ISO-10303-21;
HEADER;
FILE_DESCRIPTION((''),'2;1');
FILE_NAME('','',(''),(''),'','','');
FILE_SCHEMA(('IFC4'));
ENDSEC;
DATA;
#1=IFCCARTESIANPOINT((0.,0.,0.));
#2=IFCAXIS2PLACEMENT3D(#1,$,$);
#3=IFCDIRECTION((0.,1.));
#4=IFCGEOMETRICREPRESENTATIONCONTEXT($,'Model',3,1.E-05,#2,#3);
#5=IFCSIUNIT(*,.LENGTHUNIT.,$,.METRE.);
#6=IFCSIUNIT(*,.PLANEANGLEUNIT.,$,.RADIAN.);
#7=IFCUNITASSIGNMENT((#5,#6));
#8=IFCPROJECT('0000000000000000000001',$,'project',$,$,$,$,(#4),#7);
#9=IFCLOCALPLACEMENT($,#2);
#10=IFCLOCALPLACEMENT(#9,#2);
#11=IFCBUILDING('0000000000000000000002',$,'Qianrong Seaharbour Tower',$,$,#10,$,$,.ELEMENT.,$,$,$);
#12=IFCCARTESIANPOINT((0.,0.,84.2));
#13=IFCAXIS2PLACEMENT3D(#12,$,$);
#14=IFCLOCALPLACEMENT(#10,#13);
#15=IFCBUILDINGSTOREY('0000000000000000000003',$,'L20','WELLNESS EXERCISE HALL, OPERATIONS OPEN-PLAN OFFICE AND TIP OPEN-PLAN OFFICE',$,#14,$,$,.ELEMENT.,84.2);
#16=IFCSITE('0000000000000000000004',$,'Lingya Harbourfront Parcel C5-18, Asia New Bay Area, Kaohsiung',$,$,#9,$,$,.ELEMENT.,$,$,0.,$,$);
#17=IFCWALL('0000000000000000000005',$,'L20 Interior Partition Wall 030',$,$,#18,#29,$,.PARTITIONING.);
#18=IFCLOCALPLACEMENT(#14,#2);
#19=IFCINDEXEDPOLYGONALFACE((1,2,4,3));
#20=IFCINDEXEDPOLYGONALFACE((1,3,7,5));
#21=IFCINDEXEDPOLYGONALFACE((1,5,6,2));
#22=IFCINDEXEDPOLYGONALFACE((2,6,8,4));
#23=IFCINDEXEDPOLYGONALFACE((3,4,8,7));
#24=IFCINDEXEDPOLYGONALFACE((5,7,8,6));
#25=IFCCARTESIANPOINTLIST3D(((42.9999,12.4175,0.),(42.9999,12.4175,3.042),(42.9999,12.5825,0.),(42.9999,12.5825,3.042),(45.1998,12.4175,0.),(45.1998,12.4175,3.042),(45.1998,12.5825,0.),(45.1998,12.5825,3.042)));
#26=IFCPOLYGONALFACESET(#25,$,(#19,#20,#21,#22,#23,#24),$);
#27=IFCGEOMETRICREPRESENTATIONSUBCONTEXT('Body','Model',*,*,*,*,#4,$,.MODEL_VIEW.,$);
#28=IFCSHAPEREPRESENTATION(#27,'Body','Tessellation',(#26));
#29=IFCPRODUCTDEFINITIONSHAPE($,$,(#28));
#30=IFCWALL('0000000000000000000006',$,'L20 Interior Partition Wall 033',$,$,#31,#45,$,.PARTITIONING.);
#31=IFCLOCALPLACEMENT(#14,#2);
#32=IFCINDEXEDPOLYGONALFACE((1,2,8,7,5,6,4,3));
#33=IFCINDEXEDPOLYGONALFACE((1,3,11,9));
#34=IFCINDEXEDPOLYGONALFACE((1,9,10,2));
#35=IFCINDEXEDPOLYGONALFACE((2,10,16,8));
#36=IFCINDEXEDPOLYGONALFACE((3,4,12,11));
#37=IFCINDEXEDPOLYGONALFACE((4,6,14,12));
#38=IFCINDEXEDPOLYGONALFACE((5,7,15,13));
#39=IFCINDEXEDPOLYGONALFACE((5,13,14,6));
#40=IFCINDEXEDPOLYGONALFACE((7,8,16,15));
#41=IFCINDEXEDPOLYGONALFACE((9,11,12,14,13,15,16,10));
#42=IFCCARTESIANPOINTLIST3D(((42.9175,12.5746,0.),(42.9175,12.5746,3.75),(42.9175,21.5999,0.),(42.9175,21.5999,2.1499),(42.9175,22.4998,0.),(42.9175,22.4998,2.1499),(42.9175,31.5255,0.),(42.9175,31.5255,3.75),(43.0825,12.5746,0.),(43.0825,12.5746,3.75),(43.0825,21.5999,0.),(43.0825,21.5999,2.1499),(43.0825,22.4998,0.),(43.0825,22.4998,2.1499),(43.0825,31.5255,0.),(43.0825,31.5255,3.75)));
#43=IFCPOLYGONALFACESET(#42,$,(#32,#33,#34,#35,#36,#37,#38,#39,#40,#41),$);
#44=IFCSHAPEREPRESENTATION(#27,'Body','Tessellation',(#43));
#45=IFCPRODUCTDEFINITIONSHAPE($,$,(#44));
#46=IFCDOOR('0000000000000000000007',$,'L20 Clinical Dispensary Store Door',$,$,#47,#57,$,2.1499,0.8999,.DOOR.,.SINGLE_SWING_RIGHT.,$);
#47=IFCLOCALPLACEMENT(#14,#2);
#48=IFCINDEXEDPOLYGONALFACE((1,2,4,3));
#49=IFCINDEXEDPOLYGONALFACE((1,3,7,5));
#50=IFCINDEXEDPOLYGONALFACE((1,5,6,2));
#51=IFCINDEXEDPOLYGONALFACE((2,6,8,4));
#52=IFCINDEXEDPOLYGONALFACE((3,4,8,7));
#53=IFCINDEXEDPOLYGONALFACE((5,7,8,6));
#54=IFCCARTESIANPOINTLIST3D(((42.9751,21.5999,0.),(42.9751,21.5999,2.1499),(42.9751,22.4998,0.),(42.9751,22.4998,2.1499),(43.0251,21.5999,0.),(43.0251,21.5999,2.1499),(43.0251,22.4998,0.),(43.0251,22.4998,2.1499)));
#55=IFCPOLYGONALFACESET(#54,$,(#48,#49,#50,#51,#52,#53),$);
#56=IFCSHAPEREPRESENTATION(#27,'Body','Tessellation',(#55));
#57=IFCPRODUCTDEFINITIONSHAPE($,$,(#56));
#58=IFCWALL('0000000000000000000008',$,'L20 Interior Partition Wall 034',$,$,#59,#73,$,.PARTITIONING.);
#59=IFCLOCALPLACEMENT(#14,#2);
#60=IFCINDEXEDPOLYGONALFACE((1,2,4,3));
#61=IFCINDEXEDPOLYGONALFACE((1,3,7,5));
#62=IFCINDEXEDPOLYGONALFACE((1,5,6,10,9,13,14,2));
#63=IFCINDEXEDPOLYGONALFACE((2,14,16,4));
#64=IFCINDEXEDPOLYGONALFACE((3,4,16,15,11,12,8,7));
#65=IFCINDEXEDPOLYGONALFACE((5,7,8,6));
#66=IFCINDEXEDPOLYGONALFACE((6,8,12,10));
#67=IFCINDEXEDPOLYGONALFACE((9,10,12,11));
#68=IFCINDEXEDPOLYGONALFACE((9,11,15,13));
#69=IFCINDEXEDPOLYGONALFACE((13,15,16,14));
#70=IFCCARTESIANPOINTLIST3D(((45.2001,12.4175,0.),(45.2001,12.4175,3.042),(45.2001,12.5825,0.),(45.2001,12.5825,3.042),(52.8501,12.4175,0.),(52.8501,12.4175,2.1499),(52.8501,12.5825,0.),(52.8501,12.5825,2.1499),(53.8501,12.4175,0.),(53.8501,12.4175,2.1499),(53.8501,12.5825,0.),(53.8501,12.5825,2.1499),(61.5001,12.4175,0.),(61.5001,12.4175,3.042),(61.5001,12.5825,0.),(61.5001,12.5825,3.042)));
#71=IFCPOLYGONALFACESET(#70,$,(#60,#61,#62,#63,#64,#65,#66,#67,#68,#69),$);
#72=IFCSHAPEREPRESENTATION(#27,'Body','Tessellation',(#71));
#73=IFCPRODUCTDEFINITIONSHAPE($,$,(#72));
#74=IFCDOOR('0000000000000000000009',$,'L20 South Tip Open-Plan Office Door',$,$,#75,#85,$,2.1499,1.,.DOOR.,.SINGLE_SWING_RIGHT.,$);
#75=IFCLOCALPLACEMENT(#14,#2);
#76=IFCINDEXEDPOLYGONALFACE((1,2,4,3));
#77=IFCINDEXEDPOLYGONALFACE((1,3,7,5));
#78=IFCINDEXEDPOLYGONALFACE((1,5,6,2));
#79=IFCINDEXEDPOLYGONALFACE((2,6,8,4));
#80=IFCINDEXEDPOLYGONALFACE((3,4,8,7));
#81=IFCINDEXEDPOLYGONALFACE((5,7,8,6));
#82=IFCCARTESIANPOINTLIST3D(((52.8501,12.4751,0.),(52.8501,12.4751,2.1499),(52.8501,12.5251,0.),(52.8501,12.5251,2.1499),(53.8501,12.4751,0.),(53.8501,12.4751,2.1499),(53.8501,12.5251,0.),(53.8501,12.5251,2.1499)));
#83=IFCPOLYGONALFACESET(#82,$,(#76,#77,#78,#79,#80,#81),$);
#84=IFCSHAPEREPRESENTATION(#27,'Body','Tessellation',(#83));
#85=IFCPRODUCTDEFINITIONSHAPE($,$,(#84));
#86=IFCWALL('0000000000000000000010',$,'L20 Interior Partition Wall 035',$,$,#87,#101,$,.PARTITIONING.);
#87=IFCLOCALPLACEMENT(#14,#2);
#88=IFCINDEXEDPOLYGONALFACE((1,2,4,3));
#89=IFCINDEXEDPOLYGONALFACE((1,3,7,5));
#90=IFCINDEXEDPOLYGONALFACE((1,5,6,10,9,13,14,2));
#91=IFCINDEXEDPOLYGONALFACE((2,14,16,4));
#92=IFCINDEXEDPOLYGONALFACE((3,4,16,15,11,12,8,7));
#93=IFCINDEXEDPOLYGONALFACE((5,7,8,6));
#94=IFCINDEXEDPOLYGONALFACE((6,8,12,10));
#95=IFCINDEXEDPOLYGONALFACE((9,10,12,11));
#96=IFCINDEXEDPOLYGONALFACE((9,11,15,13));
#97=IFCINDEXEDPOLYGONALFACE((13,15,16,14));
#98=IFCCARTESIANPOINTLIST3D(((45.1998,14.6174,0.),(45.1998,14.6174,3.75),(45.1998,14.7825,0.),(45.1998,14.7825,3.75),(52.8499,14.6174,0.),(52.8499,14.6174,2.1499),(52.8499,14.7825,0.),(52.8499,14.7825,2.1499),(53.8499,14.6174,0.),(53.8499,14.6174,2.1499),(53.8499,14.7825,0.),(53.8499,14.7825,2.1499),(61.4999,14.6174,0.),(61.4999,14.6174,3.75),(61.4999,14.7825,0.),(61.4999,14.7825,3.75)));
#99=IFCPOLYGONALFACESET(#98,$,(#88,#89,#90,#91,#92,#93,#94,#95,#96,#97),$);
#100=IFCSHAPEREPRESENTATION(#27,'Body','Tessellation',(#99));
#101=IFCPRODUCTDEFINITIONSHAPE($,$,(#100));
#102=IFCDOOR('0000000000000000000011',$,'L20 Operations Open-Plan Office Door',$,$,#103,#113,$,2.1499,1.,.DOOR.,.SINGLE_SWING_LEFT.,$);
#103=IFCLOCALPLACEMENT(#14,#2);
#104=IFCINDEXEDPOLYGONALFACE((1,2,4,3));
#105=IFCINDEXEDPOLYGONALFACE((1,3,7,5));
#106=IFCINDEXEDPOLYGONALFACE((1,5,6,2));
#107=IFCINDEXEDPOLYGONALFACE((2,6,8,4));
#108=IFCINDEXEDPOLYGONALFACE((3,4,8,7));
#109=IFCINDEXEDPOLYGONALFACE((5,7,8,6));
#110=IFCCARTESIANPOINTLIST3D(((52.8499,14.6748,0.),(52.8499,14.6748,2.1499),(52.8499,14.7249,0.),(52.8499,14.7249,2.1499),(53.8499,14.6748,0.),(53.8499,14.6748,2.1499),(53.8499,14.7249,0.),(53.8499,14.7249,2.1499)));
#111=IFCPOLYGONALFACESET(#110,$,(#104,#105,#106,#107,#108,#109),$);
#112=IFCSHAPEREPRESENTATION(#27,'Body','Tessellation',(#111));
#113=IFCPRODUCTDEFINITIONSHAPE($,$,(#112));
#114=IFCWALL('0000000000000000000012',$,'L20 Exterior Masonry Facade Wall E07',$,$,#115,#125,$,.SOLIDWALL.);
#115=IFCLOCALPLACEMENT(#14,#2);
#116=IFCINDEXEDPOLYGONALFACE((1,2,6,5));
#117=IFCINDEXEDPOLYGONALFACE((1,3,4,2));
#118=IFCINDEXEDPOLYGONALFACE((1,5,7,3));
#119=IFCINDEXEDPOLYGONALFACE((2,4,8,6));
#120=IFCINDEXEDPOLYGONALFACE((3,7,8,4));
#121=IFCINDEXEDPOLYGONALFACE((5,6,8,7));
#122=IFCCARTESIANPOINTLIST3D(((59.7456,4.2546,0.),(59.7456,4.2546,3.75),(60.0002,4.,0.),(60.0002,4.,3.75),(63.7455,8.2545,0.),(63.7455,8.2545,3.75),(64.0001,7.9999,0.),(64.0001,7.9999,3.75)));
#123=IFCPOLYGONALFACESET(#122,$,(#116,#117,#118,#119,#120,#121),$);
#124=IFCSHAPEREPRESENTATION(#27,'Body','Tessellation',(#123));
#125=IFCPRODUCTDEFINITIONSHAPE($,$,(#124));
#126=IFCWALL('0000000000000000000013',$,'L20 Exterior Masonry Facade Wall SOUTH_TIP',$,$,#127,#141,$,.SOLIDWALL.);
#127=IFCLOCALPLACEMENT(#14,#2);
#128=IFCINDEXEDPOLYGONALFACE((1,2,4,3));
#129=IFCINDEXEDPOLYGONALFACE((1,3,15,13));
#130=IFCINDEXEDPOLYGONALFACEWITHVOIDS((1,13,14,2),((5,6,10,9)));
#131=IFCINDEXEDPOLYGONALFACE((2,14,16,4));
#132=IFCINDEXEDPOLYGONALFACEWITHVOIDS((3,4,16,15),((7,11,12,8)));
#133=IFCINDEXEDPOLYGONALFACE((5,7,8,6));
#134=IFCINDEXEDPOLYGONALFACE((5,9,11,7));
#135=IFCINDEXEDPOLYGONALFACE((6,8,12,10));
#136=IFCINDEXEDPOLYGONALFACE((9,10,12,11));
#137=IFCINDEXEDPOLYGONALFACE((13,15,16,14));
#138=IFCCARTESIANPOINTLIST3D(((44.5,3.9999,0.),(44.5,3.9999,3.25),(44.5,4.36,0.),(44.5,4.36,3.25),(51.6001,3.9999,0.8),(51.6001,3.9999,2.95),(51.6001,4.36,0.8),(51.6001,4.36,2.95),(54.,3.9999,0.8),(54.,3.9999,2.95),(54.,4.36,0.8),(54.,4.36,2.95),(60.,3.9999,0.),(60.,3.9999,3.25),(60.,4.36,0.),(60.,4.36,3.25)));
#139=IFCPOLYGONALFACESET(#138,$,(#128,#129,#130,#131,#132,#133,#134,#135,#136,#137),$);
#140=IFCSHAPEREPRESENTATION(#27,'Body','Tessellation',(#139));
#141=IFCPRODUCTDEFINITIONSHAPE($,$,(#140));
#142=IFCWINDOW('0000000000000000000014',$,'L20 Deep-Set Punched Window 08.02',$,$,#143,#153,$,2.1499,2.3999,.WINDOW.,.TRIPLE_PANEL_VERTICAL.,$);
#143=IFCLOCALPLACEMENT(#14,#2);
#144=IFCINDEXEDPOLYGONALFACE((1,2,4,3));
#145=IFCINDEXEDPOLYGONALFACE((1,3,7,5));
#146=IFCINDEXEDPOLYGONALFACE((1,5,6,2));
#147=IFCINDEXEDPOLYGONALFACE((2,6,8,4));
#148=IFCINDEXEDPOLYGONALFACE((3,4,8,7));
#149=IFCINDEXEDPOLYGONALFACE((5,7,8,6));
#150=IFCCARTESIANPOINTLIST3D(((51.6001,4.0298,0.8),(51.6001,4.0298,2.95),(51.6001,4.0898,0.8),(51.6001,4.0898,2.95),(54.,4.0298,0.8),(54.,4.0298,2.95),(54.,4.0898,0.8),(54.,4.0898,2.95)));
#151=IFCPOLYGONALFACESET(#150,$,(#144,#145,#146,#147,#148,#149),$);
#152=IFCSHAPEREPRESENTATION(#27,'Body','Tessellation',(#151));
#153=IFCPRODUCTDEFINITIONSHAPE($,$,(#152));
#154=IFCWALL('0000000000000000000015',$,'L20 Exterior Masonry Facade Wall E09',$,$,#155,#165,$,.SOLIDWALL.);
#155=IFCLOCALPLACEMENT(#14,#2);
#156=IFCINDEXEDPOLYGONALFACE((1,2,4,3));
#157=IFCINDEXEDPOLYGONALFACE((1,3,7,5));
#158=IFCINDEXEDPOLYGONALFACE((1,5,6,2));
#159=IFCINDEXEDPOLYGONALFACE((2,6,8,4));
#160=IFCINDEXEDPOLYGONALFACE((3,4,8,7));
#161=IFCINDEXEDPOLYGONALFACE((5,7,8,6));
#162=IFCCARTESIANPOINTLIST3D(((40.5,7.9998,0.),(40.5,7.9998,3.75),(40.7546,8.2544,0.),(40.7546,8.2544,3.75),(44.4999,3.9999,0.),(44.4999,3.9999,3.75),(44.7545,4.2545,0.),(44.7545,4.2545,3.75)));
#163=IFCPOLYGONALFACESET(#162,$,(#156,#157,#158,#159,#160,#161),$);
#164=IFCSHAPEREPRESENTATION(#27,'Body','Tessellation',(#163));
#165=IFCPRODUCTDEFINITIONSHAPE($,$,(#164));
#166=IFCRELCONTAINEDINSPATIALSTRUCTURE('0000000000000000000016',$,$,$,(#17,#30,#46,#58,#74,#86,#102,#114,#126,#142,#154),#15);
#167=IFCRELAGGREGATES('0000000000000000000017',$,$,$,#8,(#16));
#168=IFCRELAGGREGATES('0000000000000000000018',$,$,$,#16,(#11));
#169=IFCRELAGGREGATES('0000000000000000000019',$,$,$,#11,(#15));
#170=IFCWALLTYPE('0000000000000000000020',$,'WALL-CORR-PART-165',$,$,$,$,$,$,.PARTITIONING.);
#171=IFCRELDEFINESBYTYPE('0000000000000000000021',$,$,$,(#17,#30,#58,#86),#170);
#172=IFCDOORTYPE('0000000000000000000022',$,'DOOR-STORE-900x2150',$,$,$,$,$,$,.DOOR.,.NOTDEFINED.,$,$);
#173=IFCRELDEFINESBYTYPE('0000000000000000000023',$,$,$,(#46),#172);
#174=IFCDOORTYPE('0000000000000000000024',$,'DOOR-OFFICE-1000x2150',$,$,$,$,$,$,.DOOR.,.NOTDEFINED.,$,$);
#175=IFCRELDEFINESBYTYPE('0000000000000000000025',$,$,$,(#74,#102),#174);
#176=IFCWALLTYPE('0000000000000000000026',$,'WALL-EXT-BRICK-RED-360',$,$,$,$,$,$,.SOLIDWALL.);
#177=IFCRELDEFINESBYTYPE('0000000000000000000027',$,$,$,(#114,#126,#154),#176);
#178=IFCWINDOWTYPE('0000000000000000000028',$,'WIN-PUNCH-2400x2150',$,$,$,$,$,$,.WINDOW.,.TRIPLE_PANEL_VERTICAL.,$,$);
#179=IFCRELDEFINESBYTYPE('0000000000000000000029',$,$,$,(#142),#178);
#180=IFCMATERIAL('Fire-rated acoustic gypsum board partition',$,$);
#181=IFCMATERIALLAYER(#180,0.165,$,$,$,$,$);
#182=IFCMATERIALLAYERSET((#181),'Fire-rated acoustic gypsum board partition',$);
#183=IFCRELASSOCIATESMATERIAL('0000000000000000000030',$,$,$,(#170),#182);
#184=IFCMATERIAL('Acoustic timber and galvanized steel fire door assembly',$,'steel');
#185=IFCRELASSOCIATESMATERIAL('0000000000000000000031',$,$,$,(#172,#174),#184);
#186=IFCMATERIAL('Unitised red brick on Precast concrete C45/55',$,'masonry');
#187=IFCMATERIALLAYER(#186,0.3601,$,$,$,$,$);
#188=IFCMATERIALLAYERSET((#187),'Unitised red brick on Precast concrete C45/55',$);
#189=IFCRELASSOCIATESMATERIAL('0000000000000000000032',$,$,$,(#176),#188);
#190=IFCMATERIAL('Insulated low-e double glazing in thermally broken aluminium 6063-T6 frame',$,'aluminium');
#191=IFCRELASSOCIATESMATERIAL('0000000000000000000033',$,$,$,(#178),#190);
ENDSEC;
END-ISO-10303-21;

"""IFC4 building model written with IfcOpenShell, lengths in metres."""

from ifc_helpers import new_model, si_unit, direction, frame, frame_2d, origin, place, context, subcontext, project, spatial, rectangle, extrude, material, layer, layer_set, type_object, element, fill, save


model = new_model("IFC4")

# Units and contexts
model_context = context("Model", 3, precision=1e-05, world=origin(), true_north=direction((0.0, 1.0)))
body_context = subcontext(model_context, "Body", "Model", "MODEL_VIEW")
ifc_project = project(units=[si_unit("LENGTHUNIT", "METRE"), si_unit("PLANEANGLEUNIT", "RADIAN")], contexts=[model_context])

# Site, building, storey
site_placement = place(None, origin())
site = spatial("IfcSite", under=ifc_project, at=site_placement, Name="Lingya Harbourfront Parcel C5-18, Asia New Bay Area, Kaohsiung", CompositionType="ELEMENT", RefElevation=0.0)
building_placement = place(site_placement, origin())
building = spatial("IfcBuilding", under=site, at=building_placement, Name="Qianrong Seaharbour Tower", CompositionType="ELEMENT")
storey_placement = place(building_placement, frame((0.0, 0.0, 84.2)))
storey = spatial("IfcBuildingStorey", under=building, at=storey_placement, Name="L20", Description="WELLNESS EXERCISE HALL, OPERATIONS OPEN-PLAN OFFICE AND TIP OPEN-PLAN OFFICE", CompositionType="ELEMENT", Elevation=84.2)

# Wall
ifc_material_1 = material(Name="Fire-rated acoustic gypsum board partition")
ifc_layer_1 = layer(ifc_material_1, 0.165)
ifc_layer_set_1 = layer_set([ifc_layer_1], Name="Fire-rated acoustic gypsum board partition")
wall_type_1 = type_object("IfcWallType", Name="WALL-CORR-PART-165", PredefinedType="PARTITIONING", material=ifc_layer_set_1)
wall_1_placement = place(storey_placement, frame((45.2, 12.5, 0.0), z_axis=(0.0, 0.0, 1.0), x_axis=(-1.0, 0.0, 0.0)))
element("IfcWall", 1, at=wall_1_placement, inside=storey, type_object=wall_type_1, Name="L20 Interior Partition Wall 030", PredefinedType="PARTITIONING", context=body_context, shape_type="SweptSolid", body=[
    extrude(rectangle(XDim=2.2, YDim=0.165, at=frame_2d((1.1001, 0.0))), origin(), (0.0, 0.0, 1.0), 3.042),
])

# Walls, openings, doors
wall_2_placement = place(storey_placement, frame((43.0, 12.5745, 0.0), z_axis=(0.0, 0.0, 1.0), x_axis=(0.0, 1.0, 0.0)))
wall_2 = element("IfcWall", 2, at=wall_2_placement, inside=storey, type_object=wall_type_1, Name="L20 Interior Partition Wall 033", PredefinedType="PARTITIONING", context=body_context, shape_type="SweptSolid", body=[
    extrude(rectangle(XDim=18.9509, YDim=0.165, at=frame_2d((9.4756, 0.0))), origin(), (0.0, 0.0, 1.0), 3.75),
])
opening_1_placement = place(wall_2_placement, frame((9.0254, 0.0, 0.0)))
opening_1 = element("IfcOpeningElement", 3, at=opening_1_placement, cuts=wall_2, PredefinedType="OPENING", context=body_context, shape_type="SweptSolid", body=[
    extrude(rectangle(XDim=0.8999, YDim=2.1499, at=frame_2d((0.45, 1.075))), frame((0.0, 0.0925, 0.0), z_axis=(0.0, -1.0, 0.0), x_axis=(1.0, 0.0, 0.0)), (0.0, 0.0, 1.0), 0.1851),
])
ifc_material_2 = material(Name="Acoustic timber and galvanized steel fire door assembly", Category="steel")
door_type_1 = type_object("IfcDoorType", Name="DOOR-STORE-900x2150", OperationType="NOTDEFINED", PredefinedType="DOOR", material=ifc_material_2)
door_1_placement = place(opening_1_placement, origin())
door_1 = element("IfcDoor", 4, at=door_1_placement, inside=storey, type_object=door_type_1, Name="L20 Clinical Dispensary Store Door", OperationType="SINGLE_SWING_RIGHT", OverallHeight=2.1499, OverallWidth=0.8999, PredefinedType="DOOR", context=body_context, shape_type="SweptSolid", body=[
    extrude(rectangle(XDim=0.8999, YDim=2.1499, at=frame_2d((0.45, 1.075))), frame((0.0, 0.0249, 0.0), z_axis=(0.0, -1.0, 0.0), x_axis=(1.0, 0.0, 0.0)), (0.0, 0.0, 1.0), 0.05),
])
fill(opening_1, door_1)
wall_3_placement = place(storey_placement, frame((61.5, 12.5, 0.0), z_axis=(0.0, 0.0, 1.0), x_axis=(-1.0, 0.0, 0.0)))
wall_3 = element("IfcWall", 5, at=wall_3_placement, inside=storey, type_object=wall_type_1, Name="L20 Interior Partition Wall 034", PredefinedType="PARTITIONING", context=body_context, shape_type="SweptSolid", body=[
    extrude(rectangle(XDim=16.3, YDim=0.165, at=frame_2d((8.1499, 0.0))), origin(), (0.0, 0.0, 1.0), 3.042),
])
opening_2_placement = place(wall_3_placement, frame((7.6499, 0.0, 0.0)))
opening_2 = element("IfcOpeningElement", 6, at=opening_2_placement, cuts=wall_3, PredefinedType="OPENING", context=body_context, shape_type="SweptSolid", body=[
    extrude(rectangle(XDim=1.0, YDim=2.1499, at=frame_2d((0.5, 1.075))), frame((0.0, 0.0925, 0.0), z_axis=(0.0, -1.0, 0.0), x_axis=(1.0, 0.0, 0.0)), (0.0, 0.0, 1.0), 0.1851),
])
door_type_2 = type_object("IfcDoorType", Name="DOOR-OFFICE-1000x2150", OperationType="NOTDEFINED", PredefinedType="DOOR", material=ifc_material_2)
door_2_placement = place(opening_2_placement, origin())
door_2 = element("IfcDoor", 7, at=door_2_placement, inside=storey, type_object=door_type_2, Name="L20 South Tip Open-Plan Office Door", OperationType="SINGLE_SWING_RIGHT", OverallHeight=2.1499, OverallWidth=1.0, PredefinedType="DOOR", context=body_context, shape_type="SweptSolid", body=[
    extrude(rectangle(XDim=1.0, YDim=2.1499, at=frame_2d((0.5, 1.075))), frame((0.0, 0.0249, 0.0), z_axis=(0.0, -1.0, 0.0), x_axis=(1.0, 0.0, 0.0)), (0.0, 0.0, 1.0), 0.05),
])
fill(opening_2, door_2)
wall_4_placement = place(storey_placement, frame((45.2, 14.7, 0.0), z_axis=(0.0, 0.0, 1.0), x_axis=(1.0, 0.0, 0.0)))
wall_4 = element("IfcWall", 8, at=wall_4_placement, inside=storey, type_object=wall_type_1, Name="L20 Interior Partition Wall 035", PredefinedType="PARTITIONING", context=body_context, shape_type="SweptSolid", body=[
    extrude(rectangle(XDim=16.3, YDim=0.165, at=frame_2d((8.1499, 0.0))), origin(), (0.0, 0.0, 1.0), 3.75),
])
opening_3_placement = place(wall_4_placement, frame((7.6499, 0.0, 0.0)))
opening_3 = element("IfcOpeningElement", 9, at=opening_3_placement, cuts=wall_4, PredefinedType="OPENING", context=body_context, shape_type="SweptSolid", body=[
    extrude(rectangle(XDim=1.0, YDim=2.1499, at=frame_2d((0.5, 1.075))), frame((0.0, 0.0925, 0.0), z_axis=(0.0, -1.0, 0.0), x_axis=(1.0, 0.0, 0.0)), (0.0, 0.0, 1.0), 0.1851),
])
door_3_placement = place(opening_3_placement, origin())
door_3 = element("IfcDoor", 10, at=door_3_placement, inside=storey, type_object=door_type_2, Name="L20 Operations Open-Plan Office Door", OperationType="SINGLE_SWING_LEFT", OverallHeight=2.1499, OverallWidth=1.0, PredefinedType="DOOR", context=body_context, shape_type="SweptSolid", body=[
    extrude(rectangle(XDim=1.0, YDim=2.1499, at=frame_2d((0.5, 1.075))), frame((0.0, 0.0249, 0.0), z_axis=(0.0, -1.0, 0.0), x_axis=(1.0, 0.0, 0.0)), (0.0, 0.0, 1.0), 0.05),
])
fill(opening_3, door_3)

# Wall
ifc_material_3 = material(Name="Unitised red brick on Precast concrete C45/55", Category="masonry")
ifc_layer_2 = layer(ifc_material_3, 0.3601)
ifc_layer_set_2 = layer_set([ifc_layer_2], Name="Unitised red brick on Precast concrete C45/55")
wall_type_2 = type_object("IfcWallType", Name="WALL-EXT-BRICK-RED-360", PredefinedType="SOLIDWALL", material=ifc_layer_set_2)
wall_5_placement = place(storey_placement, frame((63.8728, 8.1272, 0.0), z_axis=(0.0, 0.0, 1.0), x_axis=(-0.707107, -0.707107, 0.0)))
element("IfcWall", 11, at=wall_5_placement, inside=storey, type_object=wall_type_2, Name="L20 Exterior Masonry Facade Wall E07", PredefinedType="SOLIDWALL", context=body_context, shape_type="SweptSolid", body=[
    extrude(rectangle(XDim=5.6567, YDim=0.3601, at=frame_2d((2.8284, 0.0))), origin(), (0.0, 0.0, 1.0), 3.75),
])

# Wall, opening, window
wall_6_placement = place(storey_placement, frame((60.0, 4.1799, 0.0), z_axis=(0.0, 0.0, 1.0), x_axis=(-1.0, 0.0, 0.0)))
wall_6 = element("IfcWall", 12, at=wall_6_placement, inside=storey, type_object=wall_type_2, Name="L20 Exterior Masonry Facade Wall SOUTH_TIP", PredefinedType="SOLIDWALL", context=body_context, shape_type="SweptSolid", body=[
    extrude(rectangle(XDim=15.5, YDim=0.3601, at=frame_2d((7.75, 0.0))), origin(), (0.0, 0.0, 1.0), 3.25),
])
opening_4_placement = place(wall_6_placement, frame((6.0, 0.0, 0.8)))
opening_4 = element("IfcOpeningElement", 13, at=opening_4_placement, cuts=wall_6, PredefinedType="OPENING", context=body_context, shape_type="SweptSolid", body=[
    extrude(rectangle(XDim=2.3999, YDim=2.1499, at=frame_2d((1.2, 1.075))), frame((0.0, 0.1899, 0.0), z_axis=(0.0, -1.0, 0.0), x_axis=(1.0, 0.0, 0.0)), (0.0, 0.0, 1.0), 0.3801),
])
ifc_material_4 = material(Name="Insulated low-e double glazing in thermally broken aluminium 6063-T6 frame", Category="aluminium")
window_type = type_object("IfcWindowType", Name="WIN-PUNCH-2400x2150", PartitioningType="TRIPLE_PANEL_VERTICAL", PredefinedType="WINDOW", material=ifc_material_4)
window_placement = place(opening_4_placement, origin())
window = element("IfcWindow", 14, at=window_placement, inside=storey, type_object=window_type, Name="L20 Deep-Set Punched Window 08.02", OverallHeight=2.1499, OverallWidth=2.3999, PartitioningType="TRIPLE_PANEL_VERTICAL", PredefinedType="WINDOW", context=body_context, shape_type="SweptSolid", body=[
    extrude(rectangle(XDim=2.3999, YDim=2.1499, at=frame_2d((1.2, 1.075))), frame((0.0, 0.1501, 0.0), z_axis=(0.0, -1.0, 0.0), x_axis=(1.0, 0.0, 0.0)), (0.0, 0.0, 1.0), 0.0601),
])
fill(opening_4, window)

# Wall
wall_7_placement = place(storey_placement, frame((44.6272, 4.1272, 0.0), z_axis=(0.0, 0.0, 1.0), x_axis=(-0.707107, 0.707107, 0.0)))
element("IfcWall", 15, at=wall_7_placement, inside=storey, type_object=wall_type_2, Name="L20 Exterior Masonry Facade Wall E09", PredefinedType="SOLIDWALL", context=body_context, shape_type="SweptSolid", body=[
    extrude(rectangle(XDim=5.6567, YDim=0.3601, at=frame_2d((2.8284, 0.0))), origin(), (0.0, 0.0, 1.0), 3.75),
])

save(model, "model.ifc")
